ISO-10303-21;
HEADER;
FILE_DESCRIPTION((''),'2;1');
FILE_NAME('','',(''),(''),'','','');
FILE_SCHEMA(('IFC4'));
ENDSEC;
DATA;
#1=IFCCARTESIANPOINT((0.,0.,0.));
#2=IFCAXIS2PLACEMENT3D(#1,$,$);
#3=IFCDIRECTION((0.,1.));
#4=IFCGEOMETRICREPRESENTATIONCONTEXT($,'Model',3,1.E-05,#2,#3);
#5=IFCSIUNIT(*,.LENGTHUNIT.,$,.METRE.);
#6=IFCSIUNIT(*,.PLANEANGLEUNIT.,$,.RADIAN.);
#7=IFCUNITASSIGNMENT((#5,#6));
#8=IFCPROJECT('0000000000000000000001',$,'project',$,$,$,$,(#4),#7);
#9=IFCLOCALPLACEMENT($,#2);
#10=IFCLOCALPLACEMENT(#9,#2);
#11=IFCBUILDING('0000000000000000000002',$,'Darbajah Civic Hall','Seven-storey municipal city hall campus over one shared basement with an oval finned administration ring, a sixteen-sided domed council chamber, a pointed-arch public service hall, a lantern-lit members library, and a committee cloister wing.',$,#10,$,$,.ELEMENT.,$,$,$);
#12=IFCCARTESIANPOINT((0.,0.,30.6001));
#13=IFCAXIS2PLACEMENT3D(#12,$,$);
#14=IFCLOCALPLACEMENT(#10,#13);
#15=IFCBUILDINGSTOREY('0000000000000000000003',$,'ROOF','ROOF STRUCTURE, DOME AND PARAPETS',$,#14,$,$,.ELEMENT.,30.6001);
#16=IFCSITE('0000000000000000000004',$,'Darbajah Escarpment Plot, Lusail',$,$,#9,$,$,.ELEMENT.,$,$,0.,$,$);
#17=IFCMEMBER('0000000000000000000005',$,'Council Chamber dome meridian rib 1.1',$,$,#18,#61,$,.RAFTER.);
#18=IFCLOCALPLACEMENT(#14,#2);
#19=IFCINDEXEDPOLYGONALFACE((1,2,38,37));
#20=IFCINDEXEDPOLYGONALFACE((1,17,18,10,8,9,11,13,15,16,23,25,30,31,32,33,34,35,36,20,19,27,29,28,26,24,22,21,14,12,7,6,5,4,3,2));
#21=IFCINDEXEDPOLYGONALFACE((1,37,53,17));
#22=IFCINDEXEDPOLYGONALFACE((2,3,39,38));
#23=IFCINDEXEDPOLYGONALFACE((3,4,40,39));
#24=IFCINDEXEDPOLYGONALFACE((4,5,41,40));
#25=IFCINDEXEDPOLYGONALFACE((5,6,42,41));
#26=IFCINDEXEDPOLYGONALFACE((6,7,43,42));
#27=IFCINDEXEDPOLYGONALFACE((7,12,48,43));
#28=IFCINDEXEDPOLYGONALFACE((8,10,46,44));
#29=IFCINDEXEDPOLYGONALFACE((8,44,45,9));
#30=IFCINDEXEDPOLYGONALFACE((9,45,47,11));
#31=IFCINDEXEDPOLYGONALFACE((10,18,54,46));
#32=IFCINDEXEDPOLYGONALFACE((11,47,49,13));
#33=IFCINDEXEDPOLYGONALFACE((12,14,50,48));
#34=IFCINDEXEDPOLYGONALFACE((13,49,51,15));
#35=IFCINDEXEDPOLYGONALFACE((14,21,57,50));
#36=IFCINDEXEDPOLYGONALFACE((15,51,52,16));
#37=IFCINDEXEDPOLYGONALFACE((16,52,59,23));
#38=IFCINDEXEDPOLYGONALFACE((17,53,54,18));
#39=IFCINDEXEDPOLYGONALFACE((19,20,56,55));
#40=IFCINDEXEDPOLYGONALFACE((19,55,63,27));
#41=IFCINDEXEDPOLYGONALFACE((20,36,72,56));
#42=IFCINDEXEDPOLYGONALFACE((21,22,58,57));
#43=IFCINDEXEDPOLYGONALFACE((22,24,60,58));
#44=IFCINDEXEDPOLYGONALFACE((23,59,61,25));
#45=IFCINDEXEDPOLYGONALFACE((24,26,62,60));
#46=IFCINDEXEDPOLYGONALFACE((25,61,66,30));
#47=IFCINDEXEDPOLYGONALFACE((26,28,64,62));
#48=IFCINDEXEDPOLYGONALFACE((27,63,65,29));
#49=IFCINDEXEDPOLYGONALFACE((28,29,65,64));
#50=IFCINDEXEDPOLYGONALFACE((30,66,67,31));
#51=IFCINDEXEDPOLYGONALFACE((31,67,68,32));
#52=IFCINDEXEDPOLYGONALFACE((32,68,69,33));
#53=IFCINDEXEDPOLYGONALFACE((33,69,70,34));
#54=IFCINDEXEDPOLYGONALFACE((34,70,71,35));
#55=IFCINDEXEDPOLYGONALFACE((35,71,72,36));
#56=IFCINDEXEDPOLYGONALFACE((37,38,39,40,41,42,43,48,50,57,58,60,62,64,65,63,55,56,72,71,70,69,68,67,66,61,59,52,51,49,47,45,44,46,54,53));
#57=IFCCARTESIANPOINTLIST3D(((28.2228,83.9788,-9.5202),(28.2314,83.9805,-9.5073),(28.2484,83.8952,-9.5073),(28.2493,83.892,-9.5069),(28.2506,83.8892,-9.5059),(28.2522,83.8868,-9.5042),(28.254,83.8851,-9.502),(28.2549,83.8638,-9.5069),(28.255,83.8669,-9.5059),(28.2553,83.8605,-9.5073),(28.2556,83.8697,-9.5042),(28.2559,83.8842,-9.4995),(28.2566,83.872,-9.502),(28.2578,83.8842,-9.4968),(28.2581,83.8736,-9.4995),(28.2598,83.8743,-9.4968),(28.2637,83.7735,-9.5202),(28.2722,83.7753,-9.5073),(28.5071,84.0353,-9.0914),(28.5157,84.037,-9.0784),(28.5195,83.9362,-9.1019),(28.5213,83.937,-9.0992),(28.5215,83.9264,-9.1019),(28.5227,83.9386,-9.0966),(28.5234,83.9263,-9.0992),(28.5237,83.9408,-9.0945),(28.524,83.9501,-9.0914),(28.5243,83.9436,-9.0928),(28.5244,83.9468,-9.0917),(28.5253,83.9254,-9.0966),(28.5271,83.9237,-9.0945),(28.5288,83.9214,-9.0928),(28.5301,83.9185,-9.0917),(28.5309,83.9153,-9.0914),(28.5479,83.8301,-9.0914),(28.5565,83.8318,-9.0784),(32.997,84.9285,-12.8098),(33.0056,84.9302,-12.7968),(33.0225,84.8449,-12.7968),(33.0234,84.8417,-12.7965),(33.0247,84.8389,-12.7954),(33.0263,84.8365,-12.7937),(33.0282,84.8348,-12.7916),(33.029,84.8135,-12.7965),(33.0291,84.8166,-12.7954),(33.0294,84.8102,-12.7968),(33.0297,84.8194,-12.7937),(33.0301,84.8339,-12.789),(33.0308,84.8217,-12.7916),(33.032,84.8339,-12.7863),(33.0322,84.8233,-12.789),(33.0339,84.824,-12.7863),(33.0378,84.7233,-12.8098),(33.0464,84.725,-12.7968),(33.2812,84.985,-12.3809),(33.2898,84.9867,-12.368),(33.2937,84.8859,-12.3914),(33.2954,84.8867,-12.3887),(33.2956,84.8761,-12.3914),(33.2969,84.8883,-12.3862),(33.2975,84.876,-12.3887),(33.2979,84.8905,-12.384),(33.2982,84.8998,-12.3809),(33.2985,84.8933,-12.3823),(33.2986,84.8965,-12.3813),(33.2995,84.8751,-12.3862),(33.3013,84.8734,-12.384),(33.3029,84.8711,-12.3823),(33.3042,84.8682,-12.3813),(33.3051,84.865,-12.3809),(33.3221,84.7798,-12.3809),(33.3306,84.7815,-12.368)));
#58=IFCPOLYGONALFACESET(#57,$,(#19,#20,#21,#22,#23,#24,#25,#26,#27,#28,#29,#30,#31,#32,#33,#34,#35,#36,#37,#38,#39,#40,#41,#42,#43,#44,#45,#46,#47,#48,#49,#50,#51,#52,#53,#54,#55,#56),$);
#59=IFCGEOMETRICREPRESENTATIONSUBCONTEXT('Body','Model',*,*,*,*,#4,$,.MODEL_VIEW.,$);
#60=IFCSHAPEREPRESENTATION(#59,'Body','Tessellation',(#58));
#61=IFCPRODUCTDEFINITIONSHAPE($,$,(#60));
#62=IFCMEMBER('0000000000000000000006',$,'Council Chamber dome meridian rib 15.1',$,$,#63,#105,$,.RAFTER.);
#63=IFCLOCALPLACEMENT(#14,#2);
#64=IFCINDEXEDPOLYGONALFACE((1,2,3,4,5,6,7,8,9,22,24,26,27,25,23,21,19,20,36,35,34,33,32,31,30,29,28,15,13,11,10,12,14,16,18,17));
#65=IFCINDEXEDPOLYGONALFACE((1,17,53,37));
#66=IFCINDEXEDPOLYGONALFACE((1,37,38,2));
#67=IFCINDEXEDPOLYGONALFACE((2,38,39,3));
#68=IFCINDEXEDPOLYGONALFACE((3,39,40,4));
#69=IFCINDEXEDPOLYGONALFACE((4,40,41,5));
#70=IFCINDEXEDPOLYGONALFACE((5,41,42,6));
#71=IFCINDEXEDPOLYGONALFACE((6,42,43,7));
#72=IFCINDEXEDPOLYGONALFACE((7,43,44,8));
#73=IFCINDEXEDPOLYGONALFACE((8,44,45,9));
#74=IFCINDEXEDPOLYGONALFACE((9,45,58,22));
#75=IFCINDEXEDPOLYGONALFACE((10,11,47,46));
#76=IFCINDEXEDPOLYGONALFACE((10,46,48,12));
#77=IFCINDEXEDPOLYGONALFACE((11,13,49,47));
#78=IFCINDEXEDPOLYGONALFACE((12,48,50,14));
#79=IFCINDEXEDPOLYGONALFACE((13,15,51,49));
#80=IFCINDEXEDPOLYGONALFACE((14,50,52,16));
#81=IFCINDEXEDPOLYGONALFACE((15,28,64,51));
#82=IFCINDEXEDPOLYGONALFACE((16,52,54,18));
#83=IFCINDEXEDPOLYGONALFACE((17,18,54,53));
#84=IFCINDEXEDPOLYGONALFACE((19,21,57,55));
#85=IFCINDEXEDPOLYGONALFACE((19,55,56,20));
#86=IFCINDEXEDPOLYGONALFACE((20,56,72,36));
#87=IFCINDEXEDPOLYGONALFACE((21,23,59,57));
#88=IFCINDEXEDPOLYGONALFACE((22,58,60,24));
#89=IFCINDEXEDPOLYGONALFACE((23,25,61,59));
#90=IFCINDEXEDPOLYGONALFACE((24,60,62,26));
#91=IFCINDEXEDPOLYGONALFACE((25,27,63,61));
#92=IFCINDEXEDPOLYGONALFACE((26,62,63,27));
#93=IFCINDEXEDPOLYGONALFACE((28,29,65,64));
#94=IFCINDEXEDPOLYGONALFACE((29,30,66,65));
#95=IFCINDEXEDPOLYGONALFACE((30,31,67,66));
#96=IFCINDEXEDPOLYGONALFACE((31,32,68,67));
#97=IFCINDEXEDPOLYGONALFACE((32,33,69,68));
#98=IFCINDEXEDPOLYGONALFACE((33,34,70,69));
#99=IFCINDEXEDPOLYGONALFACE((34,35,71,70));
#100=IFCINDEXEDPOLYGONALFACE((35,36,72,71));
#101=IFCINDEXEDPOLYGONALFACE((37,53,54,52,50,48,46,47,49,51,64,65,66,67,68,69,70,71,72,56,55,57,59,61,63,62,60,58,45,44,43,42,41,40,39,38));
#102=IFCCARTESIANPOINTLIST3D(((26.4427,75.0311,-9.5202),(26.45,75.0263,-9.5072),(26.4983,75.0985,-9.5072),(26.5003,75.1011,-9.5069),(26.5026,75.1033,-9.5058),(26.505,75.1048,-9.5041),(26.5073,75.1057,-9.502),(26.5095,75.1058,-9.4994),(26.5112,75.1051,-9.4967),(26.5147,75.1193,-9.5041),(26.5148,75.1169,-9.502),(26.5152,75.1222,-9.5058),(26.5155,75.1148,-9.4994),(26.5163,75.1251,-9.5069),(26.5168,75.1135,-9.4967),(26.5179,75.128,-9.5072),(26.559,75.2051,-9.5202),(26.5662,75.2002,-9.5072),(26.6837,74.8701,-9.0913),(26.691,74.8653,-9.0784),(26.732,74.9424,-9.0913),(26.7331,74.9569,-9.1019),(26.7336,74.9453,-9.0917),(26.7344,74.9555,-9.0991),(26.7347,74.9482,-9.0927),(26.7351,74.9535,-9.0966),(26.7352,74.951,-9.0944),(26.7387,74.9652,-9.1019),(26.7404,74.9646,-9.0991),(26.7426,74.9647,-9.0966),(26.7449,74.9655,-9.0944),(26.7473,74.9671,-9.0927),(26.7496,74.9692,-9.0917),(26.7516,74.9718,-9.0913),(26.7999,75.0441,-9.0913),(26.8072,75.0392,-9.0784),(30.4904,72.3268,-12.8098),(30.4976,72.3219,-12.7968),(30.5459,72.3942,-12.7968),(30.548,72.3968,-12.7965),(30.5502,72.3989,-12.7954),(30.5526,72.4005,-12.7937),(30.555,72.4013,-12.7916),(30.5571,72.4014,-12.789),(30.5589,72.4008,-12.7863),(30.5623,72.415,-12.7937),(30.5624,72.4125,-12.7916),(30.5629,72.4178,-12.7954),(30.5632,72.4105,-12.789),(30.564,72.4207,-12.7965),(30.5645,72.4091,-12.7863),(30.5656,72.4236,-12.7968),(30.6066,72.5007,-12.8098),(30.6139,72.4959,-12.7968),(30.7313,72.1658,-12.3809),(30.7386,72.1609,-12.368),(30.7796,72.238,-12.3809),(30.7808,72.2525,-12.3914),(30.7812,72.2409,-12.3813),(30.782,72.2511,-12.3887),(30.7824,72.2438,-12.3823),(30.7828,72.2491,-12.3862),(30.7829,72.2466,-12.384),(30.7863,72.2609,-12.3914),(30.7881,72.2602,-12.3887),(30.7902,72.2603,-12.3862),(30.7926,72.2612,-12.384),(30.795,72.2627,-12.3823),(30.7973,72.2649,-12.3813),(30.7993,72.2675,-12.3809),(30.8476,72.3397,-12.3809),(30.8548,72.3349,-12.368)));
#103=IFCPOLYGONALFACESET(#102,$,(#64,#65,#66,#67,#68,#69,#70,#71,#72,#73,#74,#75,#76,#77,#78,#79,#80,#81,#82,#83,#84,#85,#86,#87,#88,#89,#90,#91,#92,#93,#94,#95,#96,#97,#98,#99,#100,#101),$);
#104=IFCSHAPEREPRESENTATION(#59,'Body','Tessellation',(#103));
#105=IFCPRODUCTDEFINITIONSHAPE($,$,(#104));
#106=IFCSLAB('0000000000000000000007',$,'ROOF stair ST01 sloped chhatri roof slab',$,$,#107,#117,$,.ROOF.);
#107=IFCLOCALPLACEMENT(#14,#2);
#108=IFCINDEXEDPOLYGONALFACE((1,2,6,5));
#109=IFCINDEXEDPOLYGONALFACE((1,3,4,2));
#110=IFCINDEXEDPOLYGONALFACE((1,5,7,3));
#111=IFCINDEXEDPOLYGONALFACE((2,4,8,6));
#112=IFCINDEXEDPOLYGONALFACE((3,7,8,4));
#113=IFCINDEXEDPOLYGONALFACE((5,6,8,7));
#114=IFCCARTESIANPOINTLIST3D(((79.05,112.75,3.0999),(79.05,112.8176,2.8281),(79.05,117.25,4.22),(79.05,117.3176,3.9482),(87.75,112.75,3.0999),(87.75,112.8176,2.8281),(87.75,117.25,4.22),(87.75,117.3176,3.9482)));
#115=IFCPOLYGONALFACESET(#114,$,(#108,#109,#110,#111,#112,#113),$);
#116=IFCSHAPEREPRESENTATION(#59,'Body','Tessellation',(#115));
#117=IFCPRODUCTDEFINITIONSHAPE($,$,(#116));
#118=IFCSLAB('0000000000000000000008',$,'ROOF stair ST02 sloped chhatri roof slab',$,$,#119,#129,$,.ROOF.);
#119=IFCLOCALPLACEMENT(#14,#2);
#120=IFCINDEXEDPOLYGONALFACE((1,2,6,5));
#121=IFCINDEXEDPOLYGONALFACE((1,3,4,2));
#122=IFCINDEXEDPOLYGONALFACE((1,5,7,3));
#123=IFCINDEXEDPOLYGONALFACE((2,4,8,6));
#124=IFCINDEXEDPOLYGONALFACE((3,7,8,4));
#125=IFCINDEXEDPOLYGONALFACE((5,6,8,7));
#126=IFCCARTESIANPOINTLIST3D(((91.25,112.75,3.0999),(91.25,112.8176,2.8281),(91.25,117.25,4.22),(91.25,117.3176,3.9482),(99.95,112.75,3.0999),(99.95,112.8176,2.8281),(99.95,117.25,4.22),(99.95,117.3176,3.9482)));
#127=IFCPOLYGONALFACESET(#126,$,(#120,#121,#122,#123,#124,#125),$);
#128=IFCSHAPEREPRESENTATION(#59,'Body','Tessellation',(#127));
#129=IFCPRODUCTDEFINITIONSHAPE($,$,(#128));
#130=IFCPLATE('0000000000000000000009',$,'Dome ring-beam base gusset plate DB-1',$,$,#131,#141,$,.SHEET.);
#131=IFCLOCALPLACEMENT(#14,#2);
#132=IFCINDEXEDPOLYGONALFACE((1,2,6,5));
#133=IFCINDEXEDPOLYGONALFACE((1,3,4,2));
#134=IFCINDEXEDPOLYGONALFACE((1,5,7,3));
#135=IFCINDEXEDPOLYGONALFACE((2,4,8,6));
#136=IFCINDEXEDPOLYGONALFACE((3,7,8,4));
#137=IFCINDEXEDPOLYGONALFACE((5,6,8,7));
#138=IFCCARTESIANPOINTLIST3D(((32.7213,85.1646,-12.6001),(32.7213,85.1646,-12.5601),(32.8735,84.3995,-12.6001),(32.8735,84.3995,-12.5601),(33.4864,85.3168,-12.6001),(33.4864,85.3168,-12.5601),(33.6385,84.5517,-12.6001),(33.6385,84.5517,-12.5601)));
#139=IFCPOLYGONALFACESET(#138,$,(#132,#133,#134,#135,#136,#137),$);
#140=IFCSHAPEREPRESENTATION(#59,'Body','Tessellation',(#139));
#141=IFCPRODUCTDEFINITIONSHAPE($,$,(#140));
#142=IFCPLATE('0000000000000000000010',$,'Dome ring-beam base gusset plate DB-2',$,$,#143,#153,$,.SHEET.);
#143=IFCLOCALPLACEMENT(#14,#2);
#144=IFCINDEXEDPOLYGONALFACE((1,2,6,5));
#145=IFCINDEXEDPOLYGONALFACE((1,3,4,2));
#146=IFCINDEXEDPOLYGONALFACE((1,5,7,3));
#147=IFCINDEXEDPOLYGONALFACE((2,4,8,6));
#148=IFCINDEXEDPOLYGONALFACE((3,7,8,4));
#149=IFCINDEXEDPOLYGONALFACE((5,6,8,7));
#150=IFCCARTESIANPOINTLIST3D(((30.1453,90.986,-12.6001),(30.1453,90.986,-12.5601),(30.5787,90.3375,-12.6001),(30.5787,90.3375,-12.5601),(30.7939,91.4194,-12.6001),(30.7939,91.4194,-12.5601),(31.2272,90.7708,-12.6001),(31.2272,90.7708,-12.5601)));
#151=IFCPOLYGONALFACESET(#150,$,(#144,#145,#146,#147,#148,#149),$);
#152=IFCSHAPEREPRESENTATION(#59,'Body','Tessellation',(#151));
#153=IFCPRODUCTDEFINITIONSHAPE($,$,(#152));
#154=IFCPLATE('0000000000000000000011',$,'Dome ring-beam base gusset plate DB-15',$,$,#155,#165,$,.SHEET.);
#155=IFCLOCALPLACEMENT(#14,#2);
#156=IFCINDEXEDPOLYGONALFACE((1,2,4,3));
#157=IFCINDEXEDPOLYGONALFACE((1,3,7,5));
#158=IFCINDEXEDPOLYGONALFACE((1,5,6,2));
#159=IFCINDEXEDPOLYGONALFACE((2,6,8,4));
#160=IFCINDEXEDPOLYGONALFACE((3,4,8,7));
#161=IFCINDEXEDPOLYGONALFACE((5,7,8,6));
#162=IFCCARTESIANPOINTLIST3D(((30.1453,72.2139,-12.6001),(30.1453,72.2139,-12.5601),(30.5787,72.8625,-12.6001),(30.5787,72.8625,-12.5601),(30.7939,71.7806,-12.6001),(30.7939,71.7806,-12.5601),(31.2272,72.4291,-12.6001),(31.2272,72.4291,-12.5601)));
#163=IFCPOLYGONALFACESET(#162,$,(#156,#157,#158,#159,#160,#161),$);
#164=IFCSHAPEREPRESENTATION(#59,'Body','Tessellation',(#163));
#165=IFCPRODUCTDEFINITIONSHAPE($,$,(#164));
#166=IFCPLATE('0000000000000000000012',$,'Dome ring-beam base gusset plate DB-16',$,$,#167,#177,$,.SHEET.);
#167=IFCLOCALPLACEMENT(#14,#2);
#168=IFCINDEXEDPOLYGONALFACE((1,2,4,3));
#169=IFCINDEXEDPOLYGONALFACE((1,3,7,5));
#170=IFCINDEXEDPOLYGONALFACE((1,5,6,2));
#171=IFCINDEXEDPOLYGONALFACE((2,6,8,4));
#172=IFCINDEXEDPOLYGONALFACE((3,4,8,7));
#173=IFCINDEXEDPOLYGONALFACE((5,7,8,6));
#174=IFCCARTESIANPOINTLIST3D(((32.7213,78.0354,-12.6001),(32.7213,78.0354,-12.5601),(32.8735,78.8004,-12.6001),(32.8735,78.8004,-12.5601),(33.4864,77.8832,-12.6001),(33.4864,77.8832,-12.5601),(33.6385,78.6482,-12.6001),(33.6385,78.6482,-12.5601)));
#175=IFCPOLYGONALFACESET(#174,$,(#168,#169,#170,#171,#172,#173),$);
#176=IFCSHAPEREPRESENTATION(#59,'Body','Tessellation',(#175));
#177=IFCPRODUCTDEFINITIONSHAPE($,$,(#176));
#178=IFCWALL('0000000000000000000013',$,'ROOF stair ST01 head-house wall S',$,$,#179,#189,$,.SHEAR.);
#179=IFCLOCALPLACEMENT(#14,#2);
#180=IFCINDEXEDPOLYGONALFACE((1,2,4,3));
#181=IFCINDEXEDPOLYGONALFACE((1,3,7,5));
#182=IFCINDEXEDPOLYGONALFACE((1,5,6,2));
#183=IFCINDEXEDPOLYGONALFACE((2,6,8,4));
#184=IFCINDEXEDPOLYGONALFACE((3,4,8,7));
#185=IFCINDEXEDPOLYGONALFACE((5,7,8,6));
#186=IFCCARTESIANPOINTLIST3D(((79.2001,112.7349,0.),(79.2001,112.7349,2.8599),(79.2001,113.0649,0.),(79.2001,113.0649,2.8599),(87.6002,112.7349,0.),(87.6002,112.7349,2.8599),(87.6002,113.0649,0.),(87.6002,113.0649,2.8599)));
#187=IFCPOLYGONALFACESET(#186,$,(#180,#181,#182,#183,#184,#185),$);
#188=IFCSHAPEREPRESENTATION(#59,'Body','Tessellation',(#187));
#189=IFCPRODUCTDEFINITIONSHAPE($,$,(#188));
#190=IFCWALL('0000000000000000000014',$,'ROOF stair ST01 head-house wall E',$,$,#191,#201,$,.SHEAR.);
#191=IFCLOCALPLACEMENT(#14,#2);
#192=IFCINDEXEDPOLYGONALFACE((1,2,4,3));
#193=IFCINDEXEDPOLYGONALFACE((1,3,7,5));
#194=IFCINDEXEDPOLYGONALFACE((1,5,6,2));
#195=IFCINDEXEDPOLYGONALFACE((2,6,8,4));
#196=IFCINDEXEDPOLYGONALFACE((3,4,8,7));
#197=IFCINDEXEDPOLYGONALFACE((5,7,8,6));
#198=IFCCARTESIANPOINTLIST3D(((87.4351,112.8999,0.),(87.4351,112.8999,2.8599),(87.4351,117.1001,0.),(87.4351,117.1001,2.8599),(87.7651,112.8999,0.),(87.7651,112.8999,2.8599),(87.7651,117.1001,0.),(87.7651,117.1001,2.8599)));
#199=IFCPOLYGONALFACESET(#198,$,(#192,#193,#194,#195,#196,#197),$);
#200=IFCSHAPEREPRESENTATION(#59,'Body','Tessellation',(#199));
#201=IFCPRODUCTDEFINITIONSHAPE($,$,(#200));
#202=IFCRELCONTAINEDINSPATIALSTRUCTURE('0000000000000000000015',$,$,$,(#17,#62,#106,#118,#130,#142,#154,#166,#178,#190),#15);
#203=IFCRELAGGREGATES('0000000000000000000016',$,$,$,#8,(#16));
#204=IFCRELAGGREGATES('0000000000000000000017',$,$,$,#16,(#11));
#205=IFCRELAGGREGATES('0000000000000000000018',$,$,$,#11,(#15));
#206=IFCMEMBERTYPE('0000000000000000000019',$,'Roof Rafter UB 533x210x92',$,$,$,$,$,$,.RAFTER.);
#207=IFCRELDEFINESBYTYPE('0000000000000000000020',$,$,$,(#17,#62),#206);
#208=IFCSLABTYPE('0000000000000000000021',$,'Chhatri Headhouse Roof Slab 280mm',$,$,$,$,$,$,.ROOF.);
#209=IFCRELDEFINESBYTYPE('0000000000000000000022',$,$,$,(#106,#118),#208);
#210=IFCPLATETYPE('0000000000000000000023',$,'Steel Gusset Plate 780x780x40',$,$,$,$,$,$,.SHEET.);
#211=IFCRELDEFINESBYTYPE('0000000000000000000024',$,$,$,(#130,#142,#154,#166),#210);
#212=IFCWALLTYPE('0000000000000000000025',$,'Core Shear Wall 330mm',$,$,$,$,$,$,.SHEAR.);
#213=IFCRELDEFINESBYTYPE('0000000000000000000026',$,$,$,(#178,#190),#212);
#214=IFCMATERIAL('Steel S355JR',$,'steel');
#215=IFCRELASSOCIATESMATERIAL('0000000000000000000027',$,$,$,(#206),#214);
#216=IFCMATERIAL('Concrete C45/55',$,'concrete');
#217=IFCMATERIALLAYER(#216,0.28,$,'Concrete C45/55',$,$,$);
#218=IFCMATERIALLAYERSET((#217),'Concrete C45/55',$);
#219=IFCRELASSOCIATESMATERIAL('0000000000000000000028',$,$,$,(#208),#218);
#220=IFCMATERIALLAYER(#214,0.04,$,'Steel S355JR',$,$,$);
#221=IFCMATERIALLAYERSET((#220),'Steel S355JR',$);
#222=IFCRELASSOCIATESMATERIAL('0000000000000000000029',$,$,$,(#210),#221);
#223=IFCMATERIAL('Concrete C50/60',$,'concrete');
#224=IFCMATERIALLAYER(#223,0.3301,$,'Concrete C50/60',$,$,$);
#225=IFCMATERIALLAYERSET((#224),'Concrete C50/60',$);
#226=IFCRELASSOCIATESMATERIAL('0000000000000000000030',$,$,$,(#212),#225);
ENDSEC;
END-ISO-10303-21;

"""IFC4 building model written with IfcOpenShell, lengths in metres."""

from ifc_helpers import new_model, si_unit, direction, frame, frame_2d, origin, origin_2d, place, context, subcontext, project, spatial, polyline, rectangle, i_section, outline, extrude, material, layer, layer_set, material_profile, profile_set, type_object, element, save


model = new_model("IFC4")

# Units and contexts
model_context = context("Model", 3, precision=1e-05, world=origin(), true_north=direction((0.0, 1.0)))
body_context = subcontext(model_context, "Body", "Model", "MODEL_VIEW")
ifc_project = project(units=[si_unit("LENGTHUNIT", "METRE"), si_unit("PLANEANGLEUNIT", "RADIAN")], contexts=[model_context])

# Site, building, storey
site_placement = place(None, origin())
site = spatial("IfcSite", under=ifc_project, at=site_placement, Name="Darbajah Escarpment Plot, Lusail", CompositionType="ELEMENT", RefElevation=0.0)
building_placement = place(site_placement, origin())
building = spatial("IfcBuilding", under=site, at=building_placement, Name="Darbajah Civic Hall", Description="Seven-storey municipal city hall campus over one shared basement with an oval finned administration ring, a sixteen-sided domed council chamber, a pointed-arch public service hall, a lantern-lit members library, and a committee cloister wing.", CompositionType="ELEMENT")
storey_placement = place(building_placement, frame((0.0, 0.0, 30.6001)))
storey = spatial("IfcBuildingStorey", under=building, at=storey_placement, Name="ROOF", Description="ROOF STRUCTURE, DOME AND PARAPETS", CompositionType="ELEMENT", Elevation=30.6001)

# Members
ifc_material_1 = material(Name="Steel S355JR", Category="steel")
ifc_material_profile_1 = material_profile(ifc_material_1, i_section(OverallWidth=0.2092, OverallDepth=0.5332, WebThickness=0.01, FlangeThickness=0.0156, FilletRadius=0.0127, at=origin_2d()), Name="UB 533x210x92")
ifc_profile_set_1 = profile_set([ifc_material_profile_1], Name="Steel S355JR")
member_type_1 = type_object("IfcMemberType", Name="Roof Rafter UB 533x210x92", PredefinedType="RAFTER", material=ifc_profile_set_1)
member_1_placement = place(storey_placement, frame((33.1638, 84.855, -12.5889), z_axis=(-0.812623, -0.161652, 0.559922), x_axis=(0.195103, -0.980783, 0.0)))
element("IfcMember", 1, at=member_1_placement, inside=storey, type_object=member_type_1, Name="Council Chamber dome meridian rib 1.1", PredefinedType="RAFTER", context=body_context, shape_type="SweptSolid", body=[
    extrude(i_section(OverallWidth=0.2092, OverallDepth=0.5332, WebThickness=0.01, FlangeThickness=0.0156, FilletRadius=0.0127, at=origin_2d()), origin(), (0.0, 0.0, 1.0), 5.875),
])
member_2_placement = place(storey_placement, frame((30.6726, 72.3308, -12.5889), z_axis=(-0.688933, 0.4603, 0.559906), x_axis=(-0.555545, -0.831487, 0.0)))
element("IfcMember", 2, at=member_2_placement, inside=storey, type_object=member_type_1, Name="Council Chamber dome meridian rib 15.1", PredefinedType="RAFTER", context=body_context, shape_type="SweptSolid", body=[
    extrude(i_section(OverallWidth=0.2092, OverallDepth=0.5332, WebThickness=0.01, FlangeThickness=0.0156, FilletRadius=0.0127, at=origin_2d()), origin(), (0.0, 0.0, 1.0), 5.8752),
])

# Slabs
ifc_material_2 = material(Name="Concrete C45/55", Category="concrete")
ifc_layer_1 = layer(ifc_material_2, 0.28, Name="Concrete C45/55")
ifc_layer_set_1 = layer_set([ifc_layer_1], Name="Concrete C45/55")
slab_type = type_object("IfcSlabType", Name="Chhatri Headhouse Roof Slab 280mm", PredefinedType="ROOF", material=ifc_layer_set_1)
for number, where, z_axis, x_axis, name in (
    (3, (79.05, 112.75, 3.0999), (0.0, -0.241544, 0.97039), (1.0, 0.0, 0.0), "ROOF stair ST01 sloped chhatri roof slab"),
    (4, (91.25, 112.75, 3.0999), (0.0, -0.241544, 0.97039), (1.0, 0.0, 0.0), "ROOF stair ST02 sloped chhatri roof slab"),
):
    element("IfcSlab", number, at=place(storey_placement, frame(where, z_axis=z_axis, x_axis=x_axis)), inside=storey, type_object=slab_type, Name=name, PredefinedType="ROOF", context=body_context, shape_type="SweptSolid", body=[
        extrude(outline(polyline([(0.0, 0.0), (8.7, 0.0), (8.7, 4.6373), (0.0, 4.6373), (0.0, 0.0)])), origin(), (0.0, 0.0, -1.0), 0.28),
    ])

# Plates
ifc_layer_2 = layer(ifc_material_1, 0.04, Name="Steel S355JR")
ifc_layer_set_2 = layer_set([ifc_layer_2], Name="Steel S355JR")
plate_type = type_object("IfcPlateType", Name="Steel Gusset Plate 780x780x40", PredefinedType="SHEET", material=ifc_layer_set_2)
for number, where, z_axis, x_axis, name in (
    (5, (33.1799, 84.8582, -12.6001), (0.0, 0.0, 1.0), (0.980785, 0.19509, 0.0), "Dome ring-beam base gusset plate DB-1"),
    (6, (30.6863, 90.8784, -12.6001), (0.0, 0.0, 1.0), (0.83147, 0.55557, 0.0), "Dome ring-beam base gusset plate DB-2"),
    (7, (30.6863, 72.3215, -12.6001), (0.0, 0.0, 1.0), (0.83147, -0.55557, 0.0), "Dome ring-beam base gusset plate DB-15"),
    (8, (33.1799, 78.3418, -12.6001), (0.0, 0.0, 1.0), (0.980785, -0.19509, 0.0), "Dome ring-beam base gusset plate DB-16"),
):
    element("IfcPlate", number, at=place(storey_placement, frame(where, z_axis=z_axis, x_axis=x_axis)), inside=storey, type_object=plate_type, Name=name, PredefinedType="SHEET", context=body_context, shape_type="SweptSolid", body=[
        extrude(rectangle(XDim=0.78, YDim=0.78, at=origin_2d()), origin(), (0.0, 0.0, 1.0), 0.04),
    ])

# Walls
ifc_material_3 = material(Name="Concrete C50/60", Category="concrete")
ifc_layer_3 = layer(ifc_material_3, 0.3301, Name="Concrete C50/60")
ifc_layer_set_3 = layer_set([ifc_layer_3], Name="Concrete C50/60")
wall_type_1 = type_object("IfcWallType", Name="Core Shear Wall 330mm", PredefinedType="SHEAR", material=ifc_layer_set_3)
wall_1_placement = place(storey_placement, frame((79.2, 112.8999, 0.0), z_axis=(0.0, 0.0, 1.0), x_axis=(1.0, 0.0, 0.0)))
element("IfcWall", 9, at=wall_1_placement, inside=storey, type_object=wall_type_1, Name="ROOF stair ST01 head-house wall S", PredefinedType="SHEAR", context=body_context, shape_type="SweptSolid", body=[
    extrude(rectangle(XDim=8.4001, YDim=0.3301, at=frame_2d((4.2002, 0.0))), origin(), (0.0, 0.0, 1.0), 2.8599),
])
wall_2_placement = place(storey_placement, frame((87.6001, 112.8999, 0.0), z_axis=(0.0, 0.0, 1.0), x_axis=(0.0, 1.0, 0.0)))
element("IfcWall", 10, at=wall_2_placement, inside=storey, type_object=wall_type_1, Name="ROOF stair ST01 head-house wall E", PredefinedType="SHEAR", context=body_context, shape_type="SweptSolid", body=[
    extrude(rectangle(XDim=4.2002, YDim=0.3301, at=frame_2d((2.1001, 0.0))), origin(), (0.0, 0.0, 1.0), 2.8599),
])

save(model, "model.ifc")
